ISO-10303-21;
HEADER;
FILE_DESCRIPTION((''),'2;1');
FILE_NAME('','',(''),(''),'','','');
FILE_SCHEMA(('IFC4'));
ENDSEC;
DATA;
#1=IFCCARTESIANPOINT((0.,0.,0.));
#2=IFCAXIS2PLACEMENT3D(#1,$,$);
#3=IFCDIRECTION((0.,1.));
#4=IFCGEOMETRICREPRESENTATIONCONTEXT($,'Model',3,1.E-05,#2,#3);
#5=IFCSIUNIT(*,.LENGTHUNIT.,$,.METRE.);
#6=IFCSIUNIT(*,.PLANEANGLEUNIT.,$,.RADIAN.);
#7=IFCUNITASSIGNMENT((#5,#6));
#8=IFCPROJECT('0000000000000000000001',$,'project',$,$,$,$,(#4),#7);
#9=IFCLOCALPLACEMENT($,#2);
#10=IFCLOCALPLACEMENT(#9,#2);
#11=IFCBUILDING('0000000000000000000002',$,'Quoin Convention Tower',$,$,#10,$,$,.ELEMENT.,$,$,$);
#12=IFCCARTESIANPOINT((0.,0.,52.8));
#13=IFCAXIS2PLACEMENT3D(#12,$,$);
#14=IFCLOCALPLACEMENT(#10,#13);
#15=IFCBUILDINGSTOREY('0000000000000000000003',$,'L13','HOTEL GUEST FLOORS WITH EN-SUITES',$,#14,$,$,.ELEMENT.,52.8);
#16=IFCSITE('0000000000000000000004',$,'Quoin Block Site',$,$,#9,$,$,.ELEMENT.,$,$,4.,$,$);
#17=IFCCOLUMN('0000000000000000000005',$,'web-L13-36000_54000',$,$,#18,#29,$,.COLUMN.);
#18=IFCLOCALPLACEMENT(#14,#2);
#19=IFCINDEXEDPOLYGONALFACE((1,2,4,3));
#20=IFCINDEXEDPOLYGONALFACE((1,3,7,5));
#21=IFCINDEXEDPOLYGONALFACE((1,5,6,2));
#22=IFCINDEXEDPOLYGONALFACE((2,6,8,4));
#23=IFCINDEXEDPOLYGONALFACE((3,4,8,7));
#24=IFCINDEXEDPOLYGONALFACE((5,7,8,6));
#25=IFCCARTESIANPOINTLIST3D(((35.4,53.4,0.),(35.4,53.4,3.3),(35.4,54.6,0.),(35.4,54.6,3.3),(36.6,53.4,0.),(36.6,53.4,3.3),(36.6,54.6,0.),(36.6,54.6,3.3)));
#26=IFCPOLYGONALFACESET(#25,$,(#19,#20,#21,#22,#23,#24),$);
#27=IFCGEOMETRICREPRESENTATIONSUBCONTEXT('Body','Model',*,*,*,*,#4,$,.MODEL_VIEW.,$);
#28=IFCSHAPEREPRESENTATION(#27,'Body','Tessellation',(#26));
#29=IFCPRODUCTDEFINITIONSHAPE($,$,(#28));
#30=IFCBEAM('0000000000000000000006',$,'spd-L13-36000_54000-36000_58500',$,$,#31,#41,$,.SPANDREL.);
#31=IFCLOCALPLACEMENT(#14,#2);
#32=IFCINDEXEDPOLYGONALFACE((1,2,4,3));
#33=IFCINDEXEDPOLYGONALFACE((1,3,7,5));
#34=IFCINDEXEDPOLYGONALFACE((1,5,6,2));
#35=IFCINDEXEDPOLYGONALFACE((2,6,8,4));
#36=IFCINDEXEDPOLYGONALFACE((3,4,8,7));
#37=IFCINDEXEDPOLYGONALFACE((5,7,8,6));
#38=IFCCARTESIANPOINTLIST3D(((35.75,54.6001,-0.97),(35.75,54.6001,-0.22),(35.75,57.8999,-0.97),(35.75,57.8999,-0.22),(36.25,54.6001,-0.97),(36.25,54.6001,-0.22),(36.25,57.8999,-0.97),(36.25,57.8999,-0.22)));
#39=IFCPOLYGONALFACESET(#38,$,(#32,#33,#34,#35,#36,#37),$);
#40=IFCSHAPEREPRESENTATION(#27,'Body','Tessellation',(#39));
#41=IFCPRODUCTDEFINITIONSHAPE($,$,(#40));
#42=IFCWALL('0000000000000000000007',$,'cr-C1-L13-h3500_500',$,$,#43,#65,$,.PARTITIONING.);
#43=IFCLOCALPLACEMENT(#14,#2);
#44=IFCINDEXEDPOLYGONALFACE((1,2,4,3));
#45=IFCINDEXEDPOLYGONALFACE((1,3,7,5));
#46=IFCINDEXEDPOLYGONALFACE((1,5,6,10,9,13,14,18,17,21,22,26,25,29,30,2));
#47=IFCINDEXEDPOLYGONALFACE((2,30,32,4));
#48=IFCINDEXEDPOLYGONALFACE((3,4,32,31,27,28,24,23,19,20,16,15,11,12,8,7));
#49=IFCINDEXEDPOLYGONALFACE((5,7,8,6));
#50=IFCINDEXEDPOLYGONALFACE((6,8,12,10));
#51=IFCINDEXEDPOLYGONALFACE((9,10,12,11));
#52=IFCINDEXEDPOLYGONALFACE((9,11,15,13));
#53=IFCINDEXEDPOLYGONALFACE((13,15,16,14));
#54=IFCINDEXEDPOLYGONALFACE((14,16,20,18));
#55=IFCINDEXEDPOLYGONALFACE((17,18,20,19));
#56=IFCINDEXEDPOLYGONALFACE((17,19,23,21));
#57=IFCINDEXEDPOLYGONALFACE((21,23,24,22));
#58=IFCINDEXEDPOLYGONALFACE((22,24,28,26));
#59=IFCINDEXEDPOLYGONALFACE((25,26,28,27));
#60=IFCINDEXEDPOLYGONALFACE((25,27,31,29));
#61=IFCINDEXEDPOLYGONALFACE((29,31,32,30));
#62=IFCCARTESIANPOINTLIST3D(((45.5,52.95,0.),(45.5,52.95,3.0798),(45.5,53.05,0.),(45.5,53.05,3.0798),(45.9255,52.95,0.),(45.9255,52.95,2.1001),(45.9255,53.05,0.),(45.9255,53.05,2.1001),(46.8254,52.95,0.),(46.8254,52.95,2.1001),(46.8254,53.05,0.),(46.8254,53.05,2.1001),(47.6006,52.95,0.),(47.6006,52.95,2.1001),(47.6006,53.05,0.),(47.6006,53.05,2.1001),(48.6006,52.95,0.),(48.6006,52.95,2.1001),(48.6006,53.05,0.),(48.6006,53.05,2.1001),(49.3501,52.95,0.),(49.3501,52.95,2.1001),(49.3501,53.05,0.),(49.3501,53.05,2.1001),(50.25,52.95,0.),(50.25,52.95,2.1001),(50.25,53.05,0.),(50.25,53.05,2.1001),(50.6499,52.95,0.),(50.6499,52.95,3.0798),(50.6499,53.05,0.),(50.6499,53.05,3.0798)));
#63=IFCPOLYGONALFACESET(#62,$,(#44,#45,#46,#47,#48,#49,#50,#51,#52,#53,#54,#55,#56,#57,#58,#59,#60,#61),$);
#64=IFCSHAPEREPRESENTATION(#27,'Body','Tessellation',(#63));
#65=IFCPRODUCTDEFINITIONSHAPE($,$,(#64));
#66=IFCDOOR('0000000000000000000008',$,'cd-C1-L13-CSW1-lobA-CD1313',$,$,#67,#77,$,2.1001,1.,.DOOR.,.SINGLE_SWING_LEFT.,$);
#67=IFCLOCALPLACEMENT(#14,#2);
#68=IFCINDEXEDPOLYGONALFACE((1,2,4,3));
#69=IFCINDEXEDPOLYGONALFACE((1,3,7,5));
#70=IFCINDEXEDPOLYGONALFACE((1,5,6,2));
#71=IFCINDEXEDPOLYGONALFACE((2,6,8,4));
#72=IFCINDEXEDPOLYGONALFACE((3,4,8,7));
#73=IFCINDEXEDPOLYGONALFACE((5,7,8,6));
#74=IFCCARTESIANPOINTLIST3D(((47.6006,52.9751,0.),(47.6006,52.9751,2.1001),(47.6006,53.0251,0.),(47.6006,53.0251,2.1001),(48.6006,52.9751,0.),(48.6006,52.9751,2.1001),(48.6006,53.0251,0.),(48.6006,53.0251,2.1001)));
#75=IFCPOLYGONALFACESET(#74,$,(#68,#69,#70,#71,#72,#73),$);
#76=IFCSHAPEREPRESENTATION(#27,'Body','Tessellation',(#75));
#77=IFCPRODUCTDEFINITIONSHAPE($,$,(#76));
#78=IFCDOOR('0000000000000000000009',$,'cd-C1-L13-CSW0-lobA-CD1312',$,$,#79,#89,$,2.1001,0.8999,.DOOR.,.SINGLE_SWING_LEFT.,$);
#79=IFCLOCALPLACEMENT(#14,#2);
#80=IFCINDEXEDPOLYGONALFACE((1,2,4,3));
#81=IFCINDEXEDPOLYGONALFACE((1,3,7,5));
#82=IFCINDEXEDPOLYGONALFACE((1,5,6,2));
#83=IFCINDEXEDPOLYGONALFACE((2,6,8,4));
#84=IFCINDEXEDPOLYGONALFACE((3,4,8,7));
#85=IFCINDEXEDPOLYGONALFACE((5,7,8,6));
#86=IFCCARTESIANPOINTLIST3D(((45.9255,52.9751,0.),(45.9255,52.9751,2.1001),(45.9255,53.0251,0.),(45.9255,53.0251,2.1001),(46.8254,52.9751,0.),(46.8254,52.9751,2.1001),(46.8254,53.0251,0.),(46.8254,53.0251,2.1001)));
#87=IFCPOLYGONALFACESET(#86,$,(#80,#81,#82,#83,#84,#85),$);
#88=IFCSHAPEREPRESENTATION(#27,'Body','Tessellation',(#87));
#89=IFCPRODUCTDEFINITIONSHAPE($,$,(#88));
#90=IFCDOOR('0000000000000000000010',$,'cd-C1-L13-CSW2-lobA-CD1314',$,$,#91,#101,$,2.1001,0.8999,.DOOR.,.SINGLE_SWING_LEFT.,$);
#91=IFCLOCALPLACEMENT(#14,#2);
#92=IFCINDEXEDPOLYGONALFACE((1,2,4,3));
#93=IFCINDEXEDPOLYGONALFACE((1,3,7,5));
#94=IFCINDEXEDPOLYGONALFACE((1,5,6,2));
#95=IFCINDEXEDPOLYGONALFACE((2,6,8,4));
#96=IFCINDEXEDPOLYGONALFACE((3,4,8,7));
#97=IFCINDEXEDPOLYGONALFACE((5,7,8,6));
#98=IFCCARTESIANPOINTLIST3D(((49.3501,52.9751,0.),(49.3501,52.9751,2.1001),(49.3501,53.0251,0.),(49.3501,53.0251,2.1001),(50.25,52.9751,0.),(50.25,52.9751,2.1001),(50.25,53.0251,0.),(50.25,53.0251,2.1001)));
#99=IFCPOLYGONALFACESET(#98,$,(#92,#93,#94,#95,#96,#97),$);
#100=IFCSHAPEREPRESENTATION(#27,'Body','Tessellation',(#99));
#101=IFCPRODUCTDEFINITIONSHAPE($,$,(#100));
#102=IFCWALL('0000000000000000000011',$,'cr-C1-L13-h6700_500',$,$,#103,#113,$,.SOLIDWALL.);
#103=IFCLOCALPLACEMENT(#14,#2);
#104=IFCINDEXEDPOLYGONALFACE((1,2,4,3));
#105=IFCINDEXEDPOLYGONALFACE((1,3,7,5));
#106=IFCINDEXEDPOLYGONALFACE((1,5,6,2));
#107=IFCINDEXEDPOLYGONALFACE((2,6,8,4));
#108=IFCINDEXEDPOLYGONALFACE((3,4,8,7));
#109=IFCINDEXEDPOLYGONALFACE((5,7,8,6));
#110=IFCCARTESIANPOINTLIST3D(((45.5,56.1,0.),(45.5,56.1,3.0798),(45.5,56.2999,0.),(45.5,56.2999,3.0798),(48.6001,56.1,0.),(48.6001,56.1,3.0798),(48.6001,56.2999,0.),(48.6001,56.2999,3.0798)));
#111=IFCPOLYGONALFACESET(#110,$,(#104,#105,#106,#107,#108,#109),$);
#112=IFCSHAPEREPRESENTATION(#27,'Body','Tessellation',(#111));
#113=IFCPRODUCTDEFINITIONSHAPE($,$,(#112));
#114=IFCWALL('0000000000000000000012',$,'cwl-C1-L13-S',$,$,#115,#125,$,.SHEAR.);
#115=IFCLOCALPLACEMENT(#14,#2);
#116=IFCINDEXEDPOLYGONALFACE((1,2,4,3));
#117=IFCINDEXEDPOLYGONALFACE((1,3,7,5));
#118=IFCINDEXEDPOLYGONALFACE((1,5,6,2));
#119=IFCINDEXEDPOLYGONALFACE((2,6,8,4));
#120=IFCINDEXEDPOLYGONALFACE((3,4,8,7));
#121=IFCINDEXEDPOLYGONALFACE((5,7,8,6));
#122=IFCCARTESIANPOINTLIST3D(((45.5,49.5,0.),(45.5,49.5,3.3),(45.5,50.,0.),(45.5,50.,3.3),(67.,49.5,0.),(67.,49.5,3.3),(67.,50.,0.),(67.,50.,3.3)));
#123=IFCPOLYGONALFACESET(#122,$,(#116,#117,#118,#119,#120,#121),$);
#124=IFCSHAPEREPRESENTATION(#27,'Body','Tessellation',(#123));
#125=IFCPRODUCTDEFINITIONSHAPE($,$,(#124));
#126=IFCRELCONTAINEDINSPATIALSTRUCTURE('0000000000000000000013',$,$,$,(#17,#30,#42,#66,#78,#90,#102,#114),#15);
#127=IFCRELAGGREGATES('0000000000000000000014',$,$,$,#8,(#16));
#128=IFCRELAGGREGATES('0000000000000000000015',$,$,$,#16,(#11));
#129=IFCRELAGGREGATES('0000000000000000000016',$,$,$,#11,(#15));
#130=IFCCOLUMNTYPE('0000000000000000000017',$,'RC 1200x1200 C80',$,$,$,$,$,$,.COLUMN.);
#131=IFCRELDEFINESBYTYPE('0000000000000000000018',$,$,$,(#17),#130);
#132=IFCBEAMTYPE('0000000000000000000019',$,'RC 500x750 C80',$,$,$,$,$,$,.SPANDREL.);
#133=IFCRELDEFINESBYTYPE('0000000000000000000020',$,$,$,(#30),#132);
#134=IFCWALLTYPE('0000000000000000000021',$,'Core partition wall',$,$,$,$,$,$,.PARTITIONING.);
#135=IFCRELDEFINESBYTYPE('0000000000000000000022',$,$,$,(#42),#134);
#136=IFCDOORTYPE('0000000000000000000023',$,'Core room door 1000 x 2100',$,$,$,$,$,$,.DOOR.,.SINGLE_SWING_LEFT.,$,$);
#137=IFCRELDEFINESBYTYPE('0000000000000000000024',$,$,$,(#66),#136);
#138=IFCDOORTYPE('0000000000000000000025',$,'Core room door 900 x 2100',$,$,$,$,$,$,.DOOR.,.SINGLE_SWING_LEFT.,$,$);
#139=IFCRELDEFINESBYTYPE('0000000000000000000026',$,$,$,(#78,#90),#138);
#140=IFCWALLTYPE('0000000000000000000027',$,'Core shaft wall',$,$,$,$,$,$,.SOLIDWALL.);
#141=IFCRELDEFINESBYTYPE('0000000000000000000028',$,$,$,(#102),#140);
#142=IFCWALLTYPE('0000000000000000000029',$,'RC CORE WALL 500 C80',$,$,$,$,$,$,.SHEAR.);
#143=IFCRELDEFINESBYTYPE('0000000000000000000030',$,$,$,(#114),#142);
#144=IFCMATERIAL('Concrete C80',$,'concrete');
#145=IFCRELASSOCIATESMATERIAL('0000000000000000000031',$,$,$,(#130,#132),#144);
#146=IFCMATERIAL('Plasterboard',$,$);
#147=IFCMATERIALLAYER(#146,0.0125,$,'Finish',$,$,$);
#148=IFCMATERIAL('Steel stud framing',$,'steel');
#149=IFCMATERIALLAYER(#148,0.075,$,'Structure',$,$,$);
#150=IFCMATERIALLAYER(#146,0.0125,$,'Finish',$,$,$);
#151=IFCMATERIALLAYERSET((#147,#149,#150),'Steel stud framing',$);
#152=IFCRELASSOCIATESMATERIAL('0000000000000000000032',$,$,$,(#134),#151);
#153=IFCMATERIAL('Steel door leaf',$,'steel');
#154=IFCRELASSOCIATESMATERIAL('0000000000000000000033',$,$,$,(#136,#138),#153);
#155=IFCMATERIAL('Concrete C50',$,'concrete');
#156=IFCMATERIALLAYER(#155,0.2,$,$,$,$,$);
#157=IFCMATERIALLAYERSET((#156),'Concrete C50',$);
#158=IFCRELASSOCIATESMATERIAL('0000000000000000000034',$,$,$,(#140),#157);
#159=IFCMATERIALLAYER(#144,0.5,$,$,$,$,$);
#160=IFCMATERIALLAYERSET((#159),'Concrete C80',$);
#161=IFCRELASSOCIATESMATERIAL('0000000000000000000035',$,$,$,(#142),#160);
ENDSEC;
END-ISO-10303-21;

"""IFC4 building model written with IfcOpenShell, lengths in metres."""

from ifc_helpers import new_model, si_unit, direction, frame, frame_2d, origin, origin_2d, place, context, subcontext, project, spatial, rectangle, extrude, material, layer, layer_set, material_profile, profile_set, type_object, element, fill, save


model = new_model("IFC4")

# Units and contexts
model_context = context("Model", 3, precision=1e-05, world=origin(), true_north=direction((0.0, 1.0)))
body_context = subcontext(model_context, "Body", "Model", "MODEL_VIEW")
ifc_project = project(units=[si_unit("LENGTHUNIT", "METRE"), si_unit("PLANEANGLEUNIT", "RADIAN")], contexts=[model_context])

# Site, building, storey
site_placement = place(None, origin())
site = spatial("IfcSite", under=ifc_project, at=site_placement, Name="Quoin Block Site", CompositionType="ELEMENT", RefElevation=4.0)
building_placement = place(site_placement, origin())
building = spatial("IfcBuilding", under=site, at=building_placement, Name="Quoin Convention Tower", CompositionType="ELEMENT")
storey_placement = place(building_placement, frame((0.0, 0.0, 52.8)))
storey = spatial("IfcBuildingStorey", under=building, at=storey_placement, Name="L13", Description="HOTEL GUEST FLOORS WITH EN-SUITES", CompositionType="ELEMENT", Elevation=52.8)

# Column
ifc_material_1 = material(Name="Concrete C80", Category="concrete")
ifc_material_profile_1 = material_profile(ifc_material_1, rectangle(XDim=1.2, YDim=1.2, at=origin_2d()), Name="RC 1200x1200")
ifc_profile_set_1 = profile_set([ifc_material_profile_1], Name="Concrete C80")
column_type = type_object("IfcColumnType", Name="RC 1200x1200 C80", PredefinedType="COLUMN", material=ifc_profile_set_1)
column_placement = place(storey_placement, frame((36.0, 54.0, 0.0), z_axis=(0.0, 0.0, 1.0), x_axis=(1.0, 0.0, 0.0)))
element("IfcColumn", 1, at=column_placement, inside=storey, type_object=column_type, Name="web-L13-36000_54000", PredefinedType="COLUMN", context=body_context, shape_type="SweptSolid", body=[
    extrude(rectangle(XDim=1.2, YDim=1.2, at=origin_2d()), origin(), (0.0, 0.0, 1.0), 3.3),
])

# Beam
ifc_material_profile_2 = material_profile(ifc_material_1, rectangle(XDim=0.5, YDim=0.75, at=origin_2d()), Name="RC 500x750")
ifc_profile_set_2 = profile_set([ifc_material_profile_2], Name="Concrete C80")
beam_type = type_object("IfcBeamType", Name="RC 500x750 C80", PredefinedType="SPANDREL", material=ifc_profile_set_2)
beam_placement = place(storey_placement, frame((36.0, 54.6001, -0.595), z_axis=(0.0, 1.0, 0.0), x_axis=(-1.0, 0.0, 0.0)))
element("IfcBeam", 2, at=beam_placement, inside=storey, type_object=beam_type, Name="spd-L13-36000_54000-36000_58500", PredefinedType="SPANDREL", context=body_context, shape_type="SweptSolid", body=[
    extrude(rectangle(XDim=0.5, YDim=0.75, at=origin_2d()), origin(), (0.0, 0.0, 1.0), 3.2998),
])

# Wall, openings, doors
ifc_material_2 = material(Name="Plasterboard")
ifc_layer_1 = layer(ifc_material_2, 0.0125, Name="Finish")
ifc_material_3 = material(Name="Steel stud framing", Category="steel")
ifc_layer_2 = layer(ifc_material_3, 0.075, Name="Structure")
ifc_layer_3 = layer(ifc_material_2, 0.0125, Name="Finish")
ifc_layer_set_1 = layer_set([ifc_layer_1, ifc_layer_2, ifc_layer_3], Name="Steel stud framing")
wall_type_1 = type_object("IfcWallType", Name="Core partition wall", PredefinedType="PARTITIONING", material=ifc_layer_set_1)
wall_1_placement = place(storey_placement, frame((45.5, 53.0, 0.0), z_axis=(0.0, 0.0, 1.0), x_axis=(1.0, 0.0, 0.0)))
wall_1 = element("IfcWall", 3, at=wall_1_placement, inside=storey, type_object=wall_type_1, Name="cr-C1-L13-h3500_500", PredefinedType="PARTITIONING", context=body_context, shape_type="SweptSolid", body=[
    extrude(rectangle(XDim=5.1499, YDim=0.1001, at=frame_2d((2.575, 0.0))), origin(), (0.0, 0.0, 1.0), 3.0798),
])
opening_1_placement = place(wall_1_placement, frame((0.4255, 0.0, 0.0)))
opening_1 = element("IfcOpeningElement", 4, at=opening_1_placement, cuts=wall_1, PredefinedType="OPENING", context=body_context, shape_type="SweptSolid", body=[
    extrude(rectangle(XDim=0.8999, YDim=2.1001, at=frame_2d((0.45, 1.05))), frame((0.0, 0.0601, 0.0), z_axis=(0.0, -1.0, 0.0), x_axis=(1.0, 0.0, 0.0)), (0.0, 0.0, 1.0), 0.1201),
])
opening_2_placement = place(wall_1_placement, frame((2.1006, 0.0, 0.0)))
opening_2 = element("IfcOpeningElement", 5, at=opening_2_placement, cuts=wall_1, PredefinedType="OPENING", context=body_context, shape_type="SweptSolid", body=[
    extrude(rectangle(XDim=1.0, YDim=2.1001, at=frame_2d((0.5, 1.05))), frame((0.0, 0.0601, 0.0), z_axis=(0.0, -1.0, 0.0), x_axis=(1.0, 0.0, 0.0)), (0.0, 0.0, 1.0), 0.1201),
])
opening_3_placement = place(wall_1_placement, frame((3.8501, 0.0, 0.0)))
opening_3 = element("IfcOpeningElement", 6, at=opening_3_placement, cuts=wall_1, PredefinedType="OPENING", context=body_context, shape_type="SweptSolid", body=[
    extrude(rectangle(XDim=0.8999, YDim=2.1001, at=frame_2d((0.45, 1.05))), frame((0.0, 0.0601, 0.0), z_axis=(0.0, -1.0, 0.0), x_axis=(1.0, 0.0, 0.0)), (0.0, 0.0, 1.0), 0.1201),
])
ifc_material_4 = material(Name="Steel door leaf", Category="steel")
door_type_1 = type_object("IfcDoorType", Name="Core room door 1000 x 2100", OperationType="SINGLE_SWING_LEFT", PredefinedType="DOOR", material=ifc_material_4)
door_1_placement = place(opening_2_placement, frame((1.0, 0.0, 0.0), z_axis=(0.0, 0.0, 1.0), x_axis=(-1.0, 0.0, 0.0)))
door_1 = element("IfcDoor", 7, at=door_1_placement, inside=storey, type_object=door_type_1, Name="cd-C1-L13-CSW1-lobA-CD1313", OperationType="SINGLE_SWING_LEFT", OverallHeight=2.1001, OverallWidth=1.0, PredefinedType="DOOR", context=body_context, shape_type="SweptSolid", body=[
    extrude(rectangle(XDim=1.0, YDim=2.1001, at=frame_2d((0.5, 1.05))), frame((0.0, 0.0249, 0.0), z_axis=(0.0, -1.0, 0.0), x_axis=(1.0, 0.0, 0.0)), (0.0, 0.0, 1.0), 0.05),
])
fill(opening_2, door_1)
door_type_2 = type_object("IfcDoorType", Name="Core room door 900 x 2100", OperationType="SINGLE_SWING_LEFT", PredefinedType="DOOR", material=ifc_material_4)
door_2_placement = place(opening_1_placement, frame((0.8999, 0.0, 0.0), z_axis=(0.0, 0.0, 1.0), x_axis=(-1.0, 0.0, 0.0)))
door_2 = element("IfcDoor", 8, at=door_2_placement, inside=storey, type_object=door_type_2, Name="cd-C1-L13-CSW0-lobA-CD1312", OperationType="SINGLE_SWING_LEFT", OverallHeight=2.1001, OverallWidth=0.8999, PredefinedType="DOOR", context=body_context, shape_type="SweptSolid", body=[
    extrude(rectangle(XDim=0.8999, YDim=2.1001, at=frame_2d((0.45, 1.05))), frame((0.0, 0.0249, 0.0), z_axis=(0.0, -1.0, 0.0), x_axis=(1.0, 0.0, 0.0)), (0.0, 0.0, 1.0), 0.05),
])
fill(opening_1, door_2)
door_3_placement = place(opening_3_placement, frame((0.8999, 0.0, 0.0), z_axis=(0.0, 0.0, 1.0), x_axis=(-1.0, 0.0, 0.0)))
door_3 = element("IfcDoor", 9, at=door_3_placement, inside=storey, type_object=door_type_2, Name="cd-C1-L13-CSW2-lobA-CD1314", OperationType="SINGLE_SWING_LEFT", OverallHeight=2.1001, OverallWidth=0.8999, PredefinedType="DOOR", context=body_context, shape_type="SweptSolid", body=[
    extrude(rectangle(XDim=0.8999, YDim=2.1001, at=frame_2d((0.45, 1.05))), frame((0.0, 0.0249, 0.0), z_axis=(0.0, -1.0, 0.0), x_axis=(1.0, 0.0, 0.0)), (0.0, 0.0, 1.0), 0.05),
])
fill(opening_3, door_3)

# Walls
ifc_material_5 = material(Name="Concrete C50", Category="concrete")
ifc_layer_4 = layer(ifc_material_5, 0.2)
ifc_layer_set_2 = layer_set([ifc_layer_4], Name="Concrete C50")
wall_type_2 = type_object("IfcWallType", Name="Core shaft wall", PredefinedType="SOLIDWALL", material=ifc_layer_set_2)
wall_2_placement = place(storey_placement, frame((45.5, 56.2, 0.0), z_axis=(0.0, 0.0, 1.0), x_axis=(1.0, 0.0, 0.0)))
element("IfcWall", 10, at=wall_2_placement, inside=storey, type_object=wall_type_2, Name="cr-C1-L13-h6700_500", PredefinedType="SOLIDWALL", context=body_context, shape_type="SweptSolid", body=[
    extrude(rectangle(XDim=3.1001, YDim=0.2, at=frame_2d((1.55, 0.0))), origin(), (0.0, 0.0, 1.0), 3.0798),
])
ifc_layer_5 = layer(ifc_material_1, 0.5)
ifc_layer_set_3 = layer_set([ifc_layer_5], Name="Concrete C80")
wall_type_3 = type_object("IfcWallType", Name="RC CORE WALL 500 C80", PredefinedType="SHEAR", material=ifc_layer_set_3)
wall_3_placement = place(storey_placement, frame((45.5, 49.75, 0.0), z_axis=(0.0, 0.0, 1.0), x_axis=(1.0, 0.0, 0.0)))
element("IfcWall", 11, at=wall_3_placement, inside=storey, type_object=wall_type_3, Name="cwl-C1-L13-S", PredefinedType="SHEAR", context=body_context, shape_type="SweptSolid", body=[
    extrude(rectangle(XDim=21.5, YDim=0.5, at=frame_2d((10.75, 0.0))), origin(), (0.0, 0.0, 1.0), 3.3),
])

save(model, "model.ifc")
